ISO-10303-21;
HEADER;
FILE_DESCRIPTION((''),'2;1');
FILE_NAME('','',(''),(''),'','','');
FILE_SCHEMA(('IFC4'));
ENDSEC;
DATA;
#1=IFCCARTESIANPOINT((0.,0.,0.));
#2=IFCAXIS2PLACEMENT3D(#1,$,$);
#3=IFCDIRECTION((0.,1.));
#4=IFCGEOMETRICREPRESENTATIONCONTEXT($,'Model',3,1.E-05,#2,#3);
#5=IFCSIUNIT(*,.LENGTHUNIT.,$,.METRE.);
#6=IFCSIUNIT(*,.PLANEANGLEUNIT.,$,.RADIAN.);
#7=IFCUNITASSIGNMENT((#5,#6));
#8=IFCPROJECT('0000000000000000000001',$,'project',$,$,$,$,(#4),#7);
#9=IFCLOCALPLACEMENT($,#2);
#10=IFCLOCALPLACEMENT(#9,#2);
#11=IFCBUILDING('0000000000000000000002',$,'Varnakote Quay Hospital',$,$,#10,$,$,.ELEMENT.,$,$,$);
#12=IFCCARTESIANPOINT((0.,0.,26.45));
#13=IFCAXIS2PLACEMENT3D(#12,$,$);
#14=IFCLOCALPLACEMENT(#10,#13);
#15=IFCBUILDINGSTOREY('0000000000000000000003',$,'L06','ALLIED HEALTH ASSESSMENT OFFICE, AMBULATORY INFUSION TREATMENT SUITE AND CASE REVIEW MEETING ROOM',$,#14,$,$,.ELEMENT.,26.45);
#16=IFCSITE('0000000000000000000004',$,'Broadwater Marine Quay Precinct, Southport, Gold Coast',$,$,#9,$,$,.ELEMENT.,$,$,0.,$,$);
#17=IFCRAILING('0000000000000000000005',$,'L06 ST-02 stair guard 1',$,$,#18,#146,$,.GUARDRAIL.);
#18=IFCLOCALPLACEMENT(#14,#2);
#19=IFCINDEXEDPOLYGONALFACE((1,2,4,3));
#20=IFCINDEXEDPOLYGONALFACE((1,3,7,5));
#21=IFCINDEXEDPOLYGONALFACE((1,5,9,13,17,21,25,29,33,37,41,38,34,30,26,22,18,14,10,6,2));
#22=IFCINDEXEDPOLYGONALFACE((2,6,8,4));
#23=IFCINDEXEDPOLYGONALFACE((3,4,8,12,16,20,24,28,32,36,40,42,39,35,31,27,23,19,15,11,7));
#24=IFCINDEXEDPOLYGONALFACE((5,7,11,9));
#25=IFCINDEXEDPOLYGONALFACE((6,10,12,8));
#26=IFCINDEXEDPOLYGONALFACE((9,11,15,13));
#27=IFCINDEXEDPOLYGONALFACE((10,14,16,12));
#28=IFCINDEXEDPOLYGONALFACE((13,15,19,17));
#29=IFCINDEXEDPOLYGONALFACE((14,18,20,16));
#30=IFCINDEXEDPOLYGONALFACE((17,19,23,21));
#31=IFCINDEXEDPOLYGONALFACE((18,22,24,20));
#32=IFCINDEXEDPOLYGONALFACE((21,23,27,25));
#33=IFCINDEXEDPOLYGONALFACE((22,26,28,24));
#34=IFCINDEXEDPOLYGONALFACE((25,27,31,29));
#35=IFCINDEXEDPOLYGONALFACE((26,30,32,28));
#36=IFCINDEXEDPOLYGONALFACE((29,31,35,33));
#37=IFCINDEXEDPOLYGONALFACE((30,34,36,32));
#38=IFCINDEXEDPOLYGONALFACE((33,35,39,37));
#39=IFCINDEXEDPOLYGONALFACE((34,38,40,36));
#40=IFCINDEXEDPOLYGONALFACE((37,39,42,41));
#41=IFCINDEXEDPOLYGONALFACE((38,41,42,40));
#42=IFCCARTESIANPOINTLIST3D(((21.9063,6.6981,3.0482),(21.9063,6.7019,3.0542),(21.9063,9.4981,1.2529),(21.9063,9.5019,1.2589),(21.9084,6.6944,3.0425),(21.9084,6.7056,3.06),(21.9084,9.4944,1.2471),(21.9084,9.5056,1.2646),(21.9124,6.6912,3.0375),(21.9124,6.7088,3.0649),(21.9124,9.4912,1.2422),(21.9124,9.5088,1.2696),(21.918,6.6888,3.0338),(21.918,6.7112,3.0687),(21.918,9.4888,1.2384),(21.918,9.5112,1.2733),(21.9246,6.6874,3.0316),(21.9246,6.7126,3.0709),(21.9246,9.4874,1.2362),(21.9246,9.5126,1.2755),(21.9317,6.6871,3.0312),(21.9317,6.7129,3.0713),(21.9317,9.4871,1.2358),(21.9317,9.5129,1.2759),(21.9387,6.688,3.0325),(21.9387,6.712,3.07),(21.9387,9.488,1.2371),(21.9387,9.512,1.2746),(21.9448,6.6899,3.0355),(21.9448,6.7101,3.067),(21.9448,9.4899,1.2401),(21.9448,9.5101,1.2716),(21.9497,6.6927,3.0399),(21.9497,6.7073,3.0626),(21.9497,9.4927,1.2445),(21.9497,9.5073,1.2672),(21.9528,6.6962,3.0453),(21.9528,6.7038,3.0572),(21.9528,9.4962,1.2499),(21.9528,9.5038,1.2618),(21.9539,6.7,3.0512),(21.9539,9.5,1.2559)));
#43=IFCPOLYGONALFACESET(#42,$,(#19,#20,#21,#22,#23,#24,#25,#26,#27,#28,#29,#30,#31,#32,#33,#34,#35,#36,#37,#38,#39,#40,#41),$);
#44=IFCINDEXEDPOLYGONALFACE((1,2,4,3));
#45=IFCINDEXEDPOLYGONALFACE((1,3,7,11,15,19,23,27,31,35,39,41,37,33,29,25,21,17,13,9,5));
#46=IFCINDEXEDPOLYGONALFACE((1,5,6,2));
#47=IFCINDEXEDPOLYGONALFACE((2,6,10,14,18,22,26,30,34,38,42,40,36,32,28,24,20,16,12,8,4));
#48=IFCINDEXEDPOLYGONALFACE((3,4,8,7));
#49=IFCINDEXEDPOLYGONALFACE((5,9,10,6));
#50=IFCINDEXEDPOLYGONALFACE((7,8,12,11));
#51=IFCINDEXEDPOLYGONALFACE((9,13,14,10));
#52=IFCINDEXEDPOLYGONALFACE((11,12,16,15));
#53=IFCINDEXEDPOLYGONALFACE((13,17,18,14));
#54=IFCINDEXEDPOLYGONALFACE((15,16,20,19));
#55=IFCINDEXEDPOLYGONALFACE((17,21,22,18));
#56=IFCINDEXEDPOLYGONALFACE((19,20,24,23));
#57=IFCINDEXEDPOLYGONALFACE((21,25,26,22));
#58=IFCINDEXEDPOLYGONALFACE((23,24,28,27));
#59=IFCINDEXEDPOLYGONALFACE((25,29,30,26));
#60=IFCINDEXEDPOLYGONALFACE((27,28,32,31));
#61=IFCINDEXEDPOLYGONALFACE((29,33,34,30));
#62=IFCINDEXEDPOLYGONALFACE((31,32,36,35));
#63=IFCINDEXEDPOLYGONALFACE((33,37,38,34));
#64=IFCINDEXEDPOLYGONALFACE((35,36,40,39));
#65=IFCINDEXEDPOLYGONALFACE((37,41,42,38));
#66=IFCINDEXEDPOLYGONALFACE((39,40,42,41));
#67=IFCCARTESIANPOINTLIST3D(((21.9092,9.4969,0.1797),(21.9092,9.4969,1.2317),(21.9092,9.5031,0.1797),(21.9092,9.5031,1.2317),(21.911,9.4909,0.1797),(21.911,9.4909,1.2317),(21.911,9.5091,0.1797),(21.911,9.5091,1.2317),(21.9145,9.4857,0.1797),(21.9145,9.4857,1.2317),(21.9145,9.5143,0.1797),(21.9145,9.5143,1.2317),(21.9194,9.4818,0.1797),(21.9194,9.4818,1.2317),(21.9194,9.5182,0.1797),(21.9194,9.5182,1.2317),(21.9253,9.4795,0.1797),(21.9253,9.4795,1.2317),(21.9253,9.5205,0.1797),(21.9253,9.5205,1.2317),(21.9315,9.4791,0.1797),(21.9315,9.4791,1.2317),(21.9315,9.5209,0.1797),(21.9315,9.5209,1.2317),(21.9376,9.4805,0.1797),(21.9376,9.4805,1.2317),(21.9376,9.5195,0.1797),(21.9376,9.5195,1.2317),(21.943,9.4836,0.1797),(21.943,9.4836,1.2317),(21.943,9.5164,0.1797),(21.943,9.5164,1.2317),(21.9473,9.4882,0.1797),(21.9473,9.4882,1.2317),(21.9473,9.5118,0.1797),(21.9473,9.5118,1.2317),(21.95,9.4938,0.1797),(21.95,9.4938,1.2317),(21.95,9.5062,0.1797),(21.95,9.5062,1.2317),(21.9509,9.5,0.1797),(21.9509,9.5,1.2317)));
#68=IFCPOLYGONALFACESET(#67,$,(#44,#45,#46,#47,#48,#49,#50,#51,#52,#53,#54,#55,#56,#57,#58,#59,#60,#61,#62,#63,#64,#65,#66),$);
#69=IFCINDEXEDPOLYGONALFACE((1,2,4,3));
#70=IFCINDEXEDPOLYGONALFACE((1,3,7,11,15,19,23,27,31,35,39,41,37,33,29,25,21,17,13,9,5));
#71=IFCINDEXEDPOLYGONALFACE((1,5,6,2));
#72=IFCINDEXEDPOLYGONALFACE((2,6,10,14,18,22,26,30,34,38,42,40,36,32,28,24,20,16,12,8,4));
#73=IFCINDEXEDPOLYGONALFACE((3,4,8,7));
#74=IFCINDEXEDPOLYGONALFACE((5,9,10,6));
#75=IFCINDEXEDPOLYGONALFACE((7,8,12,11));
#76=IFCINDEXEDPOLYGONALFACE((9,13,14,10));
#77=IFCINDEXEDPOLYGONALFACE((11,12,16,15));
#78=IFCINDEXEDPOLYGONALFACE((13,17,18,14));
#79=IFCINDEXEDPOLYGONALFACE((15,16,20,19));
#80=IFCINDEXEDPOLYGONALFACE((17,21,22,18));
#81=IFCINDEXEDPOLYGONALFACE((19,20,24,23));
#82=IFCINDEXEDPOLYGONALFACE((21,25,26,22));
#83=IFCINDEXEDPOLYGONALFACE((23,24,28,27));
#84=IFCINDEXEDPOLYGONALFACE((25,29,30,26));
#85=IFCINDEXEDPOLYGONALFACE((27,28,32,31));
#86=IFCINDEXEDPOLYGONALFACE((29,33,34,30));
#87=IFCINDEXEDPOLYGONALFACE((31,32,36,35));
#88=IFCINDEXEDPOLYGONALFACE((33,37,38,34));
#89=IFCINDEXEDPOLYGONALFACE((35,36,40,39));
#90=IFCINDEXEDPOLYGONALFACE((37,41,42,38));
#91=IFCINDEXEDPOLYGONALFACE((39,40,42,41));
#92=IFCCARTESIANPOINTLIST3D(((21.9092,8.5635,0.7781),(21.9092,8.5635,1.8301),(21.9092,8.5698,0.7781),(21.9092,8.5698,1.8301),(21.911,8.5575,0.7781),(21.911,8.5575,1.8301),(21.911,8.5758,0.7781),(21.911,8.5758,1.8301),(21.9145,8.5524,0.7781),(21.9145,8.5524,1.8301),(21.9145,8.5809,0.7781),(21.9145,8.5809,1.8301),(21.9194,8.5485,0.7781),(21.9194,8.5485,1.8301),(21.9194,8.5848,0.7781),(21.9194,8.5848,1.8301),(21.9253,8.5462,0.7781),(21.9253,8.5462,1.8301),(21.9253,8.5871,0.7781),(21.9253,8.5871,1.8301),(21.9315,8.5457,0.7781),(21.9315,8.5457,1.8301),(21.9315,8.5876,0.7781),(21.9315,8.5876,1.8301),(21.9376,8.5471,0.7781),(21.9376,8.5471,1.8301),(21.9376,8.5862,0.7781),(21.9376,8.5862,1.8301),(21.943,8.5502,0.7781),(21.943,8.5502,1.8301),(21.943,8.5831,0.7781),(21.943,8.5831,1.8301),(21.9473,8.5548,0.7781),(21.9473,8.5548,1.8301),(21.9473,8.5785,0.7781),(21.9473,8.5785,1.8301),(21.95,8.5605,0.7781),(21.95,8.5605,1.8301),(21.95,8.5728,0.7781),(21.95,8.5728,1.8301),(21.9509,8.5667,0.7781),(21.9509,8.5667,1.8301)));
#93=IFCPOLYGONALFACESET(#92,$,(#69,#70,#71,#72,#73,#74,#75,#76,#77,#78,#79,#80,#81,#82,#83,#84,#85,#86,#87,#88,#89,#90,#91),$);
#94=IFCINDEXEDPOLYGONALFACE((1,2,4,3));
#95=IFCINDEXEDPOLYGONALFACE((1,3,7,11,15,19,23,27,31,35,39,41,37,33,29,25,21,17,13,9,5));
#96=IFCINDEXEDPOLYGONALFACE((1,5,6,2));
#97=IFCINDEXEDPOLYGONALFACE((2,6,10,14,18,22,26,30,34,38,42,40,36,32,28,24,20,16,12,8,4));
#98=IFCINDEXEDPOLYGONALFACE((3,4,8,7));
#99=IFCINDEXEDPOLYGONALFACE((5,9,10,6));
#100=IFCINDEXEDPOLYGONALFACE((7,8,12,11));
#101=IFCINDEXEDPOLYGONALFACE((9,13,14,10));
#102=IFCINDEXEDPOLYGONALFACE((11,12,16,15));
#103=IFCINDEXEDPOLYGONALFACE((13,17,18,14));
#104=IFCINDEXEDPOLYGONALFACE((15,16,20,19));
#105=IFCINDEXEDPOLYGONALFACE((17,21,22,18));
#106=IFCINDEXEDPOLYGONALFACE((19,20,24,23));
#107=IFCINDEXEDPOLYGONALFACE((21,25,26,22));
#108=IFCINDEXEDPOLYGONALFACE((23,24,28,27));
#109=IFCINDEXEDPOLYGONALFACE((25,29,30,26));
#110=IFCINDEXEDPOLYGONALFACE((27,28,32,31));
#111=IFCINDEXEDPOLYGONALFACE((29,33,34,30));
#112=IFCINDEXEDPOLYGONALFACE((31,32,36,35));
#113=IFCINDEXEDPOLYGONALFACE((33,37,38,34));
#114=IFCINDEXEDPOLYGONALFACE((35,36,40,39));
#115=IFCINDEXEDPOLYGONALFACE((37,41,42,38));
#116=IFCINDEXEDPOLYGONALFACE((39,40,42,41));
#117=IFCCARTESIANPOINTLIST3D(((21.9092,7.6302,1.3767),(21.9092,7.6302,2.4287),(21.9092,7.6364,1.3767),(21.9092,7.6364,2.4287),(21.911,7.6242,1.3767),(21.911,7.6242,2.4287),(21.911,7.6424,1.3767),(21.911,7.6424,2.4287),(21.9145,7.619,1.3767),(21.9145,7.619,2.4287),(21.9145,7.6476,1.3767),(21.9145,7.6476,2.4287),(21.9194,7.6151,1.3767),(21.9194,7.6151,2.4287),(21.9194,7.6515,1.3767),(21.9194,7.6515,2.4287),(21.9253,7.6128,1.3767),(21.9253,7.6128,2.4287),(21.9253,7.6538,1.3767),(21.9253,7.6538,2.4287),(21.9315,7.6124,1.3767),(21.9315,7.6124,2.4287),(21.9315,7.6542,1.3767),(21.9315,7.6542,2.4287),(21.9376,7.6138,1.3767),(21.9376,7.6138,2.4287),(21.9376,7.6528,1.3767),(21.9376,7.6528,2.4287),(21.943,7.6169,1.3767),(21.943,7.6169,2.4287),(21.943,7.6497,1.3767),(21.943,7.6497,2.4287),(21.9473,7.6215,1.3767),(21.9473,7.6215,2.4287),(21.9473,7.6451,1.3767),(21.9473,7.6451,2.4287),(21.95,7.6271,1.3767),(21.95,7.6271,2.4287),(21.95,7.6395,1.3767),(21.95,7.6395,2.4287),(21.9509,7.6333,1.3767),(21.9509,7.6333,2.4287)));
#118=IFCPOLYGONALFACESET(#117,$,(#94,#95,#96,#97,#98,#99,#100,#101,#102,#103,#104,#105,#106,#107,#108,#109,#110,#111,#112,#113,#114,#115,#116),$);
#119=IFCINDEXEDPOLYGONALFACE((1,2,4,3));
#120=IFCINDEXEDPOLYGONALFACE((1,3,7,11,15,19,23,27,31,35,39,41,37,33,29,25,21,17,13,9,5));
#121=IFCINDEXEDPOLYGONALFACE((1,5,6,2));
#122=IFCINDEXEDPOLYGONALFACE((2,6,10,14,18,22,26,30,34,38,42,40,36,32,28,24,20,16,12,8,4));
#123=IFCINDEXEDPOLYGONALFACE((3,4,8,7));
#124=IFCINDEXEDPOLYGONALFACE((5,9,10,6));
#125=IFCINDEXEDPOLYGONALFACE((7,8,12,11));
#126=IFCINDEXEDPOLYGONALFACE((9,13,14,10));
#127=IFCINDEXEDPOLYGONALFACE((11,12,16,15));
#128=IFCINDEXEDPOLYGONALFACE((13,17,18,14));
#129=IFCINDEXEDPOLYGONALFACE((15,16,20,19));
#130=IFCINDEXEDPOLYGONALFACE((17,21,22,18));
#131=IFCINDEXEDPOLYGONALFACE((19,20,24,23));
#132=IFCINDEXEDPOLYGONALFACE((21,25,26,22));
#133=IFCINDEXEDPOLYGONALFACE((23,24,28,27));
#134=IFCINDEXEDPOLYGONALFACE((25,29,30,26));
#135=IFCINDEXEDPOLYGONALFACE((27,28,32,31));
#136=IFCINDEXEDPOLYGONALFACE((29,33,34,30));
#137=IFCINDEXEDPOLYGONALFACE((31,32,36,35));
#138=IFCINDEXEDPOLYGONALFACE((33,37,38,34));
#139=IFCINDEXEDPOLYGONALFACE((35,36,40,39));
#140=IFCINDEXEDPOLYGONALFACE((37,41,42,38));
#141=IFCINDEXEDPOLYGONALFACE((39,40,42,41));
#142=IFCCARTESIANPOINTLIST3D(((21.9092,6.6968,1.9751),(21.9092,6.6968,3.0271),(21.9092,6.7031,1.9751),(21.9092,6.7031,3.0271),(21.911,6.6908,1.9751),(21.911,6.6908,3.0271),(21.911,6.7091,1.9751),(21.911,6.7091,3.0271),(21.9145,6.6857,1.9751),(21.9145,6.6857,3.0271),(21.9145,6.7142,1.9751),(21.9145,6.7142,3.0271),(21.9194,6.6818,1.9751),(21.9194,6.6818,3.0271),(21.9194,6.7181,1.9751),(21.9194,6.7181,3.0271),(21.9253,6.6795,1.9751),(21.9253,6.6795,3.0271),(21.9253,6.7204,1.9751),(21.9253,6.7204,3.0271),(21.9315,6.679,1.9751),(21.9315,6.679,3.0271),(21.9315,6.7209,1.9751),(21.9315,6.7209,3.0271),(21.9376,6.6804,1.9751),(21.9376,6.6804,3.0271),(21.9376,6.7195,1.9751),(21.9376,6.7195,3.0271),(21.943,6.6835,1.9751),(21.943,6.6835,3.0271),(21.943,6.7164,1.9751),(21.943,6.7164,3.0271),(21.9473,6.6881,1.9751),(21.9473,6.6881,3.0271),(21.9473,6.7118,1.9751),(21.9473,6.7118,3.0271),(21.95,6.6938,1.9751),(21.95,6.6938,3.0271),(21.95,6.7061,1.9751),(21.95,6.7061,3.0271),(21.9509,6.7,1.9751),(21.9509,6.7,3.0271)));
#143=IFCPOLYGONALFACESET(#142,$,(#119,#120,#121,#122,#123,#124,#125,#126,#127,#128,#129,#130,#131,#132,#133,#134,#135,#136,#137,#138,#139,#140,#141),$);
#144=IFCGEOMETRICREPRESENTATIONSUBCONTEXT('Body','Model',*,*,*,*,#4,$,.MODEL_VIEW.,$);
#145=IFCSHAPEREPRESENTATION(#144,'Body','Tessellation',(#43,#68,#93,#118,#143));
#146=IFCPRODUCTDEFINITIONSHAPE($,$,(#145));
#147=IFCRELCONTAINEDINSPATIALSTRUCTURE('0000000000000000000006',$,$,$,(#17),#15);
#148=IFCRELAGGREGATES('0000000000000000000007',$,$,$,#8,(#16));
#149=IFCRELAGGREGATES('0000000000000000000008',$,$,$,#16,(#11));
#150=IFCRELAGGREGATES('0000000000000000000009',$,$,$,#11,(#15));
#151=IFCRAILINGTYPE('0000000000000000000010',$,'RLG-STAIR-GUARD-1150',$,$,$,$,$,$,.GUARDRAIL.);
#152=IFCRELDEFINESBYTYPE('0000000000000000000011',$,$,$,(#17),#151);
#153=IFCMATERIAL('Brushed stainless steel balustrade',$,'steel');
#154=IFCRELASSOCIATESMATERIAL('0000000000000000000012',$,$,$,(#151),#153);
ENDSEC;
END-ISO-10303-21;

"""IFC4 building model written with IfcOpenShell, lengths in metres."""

from ifc_helpers import new_model, si_unit, direction, frame, origin, origin_2d, place, context, subcontext, project, spatial, circle, extrude, material, type_object, element, save


model = new_model("IFC4")

# Units and contexts
model_context = context("Model", 3, precision=1e-05, world=origin(), true_north=direction((0.0, 1.0)))
body_context = subcontext(model_context, "Body", "Model", "MODEL_VIEW")
ifc_project = project(units=[si_unit("LENGTHUNIT", "METRE"), si_unit("PLANEANGLEUNIT", "RADIAN")], contexts=[model_context])

# Site, building, storey
site_placement = place(None, origin())
site = spatial("IfcSite", under=ifc_project, at=site_placement, Name="Broadwater Marine Quay Precinct, Southport, Gold Coast", CompositionType="ELEMENT", RefElevation=0.0)
building_placement = place(site_placement, origin())
building = spatial("IfcBuilding", under=site, at=building_placement, Name="Varnakote Quay Hospital", CompositionType="ELEMENT")
storey_placement = place(building_placement, frame((0.0, 0.0, 26.45)))
storey = spatial("IfcBuildingStorey", under=building, at=storey_placement, Name="L06", Description="ALLIED HEALTH ASSESSMENT OFFICE, AMBULATORY INFUSION TREATMENT SUITE AND CASE REVIEW MEETING ROOM", CompositionType="ELEMENT", Elevation=26.45)

# Railing
ifc_material_1 = material(Name="Brushed stainless steel balustrade", Category="steel")
railing_type_1 = type_object("IfcRailingType", Name="RLG-STAIR-GUARD-1150", PredefinedType="GUARDRAIL", material=ifc_material_1)
railing_1_placement = place(storey_placement, frame((21.9299, 9.5, 0.1797)))
element("IfcRailing", 1, at=railing_1_placement, inside=storey, type_object=railing_type_1, Name="L06 ST-02 stair guard 1", PredefinedType="GUARDRAIL", context=body_context, shape_type="SweptSolid", body=[
    extrude(circle(Radius=0.0239, at=origin_2d()), frame((0.0, 0.0, 1.0762), z_axis=(0.0, -0.84181, 0.539774), x_axis=(1.0, 0.0, 0.0)), (0.0, 0.0, 1.0), 3.3262),
    extrude(circle(Radius=0.021, at=origin_2d()), origin(), (0.0, 0.0, 1.0), 1.052),
    extrude(circle(Radius=0.021, at=origin_2d()), frame((0.0, -0.9333, 0.5984)), (0.0, 0.0, 1.0), 1.052),
    extrude(circle(Radius=0.021, at=origin_2d()), frame((0.0, -1.8667, 1.197)), (0.0, 0.0, 1.0), 1.052),
    extrude(circle(Radius=0.021, at=origin_2d()), frame((0.0, -2.8, 1.7954)), (0.0, 0.0, 1.0), 1.052),
])

save(model, "model.ifc")
